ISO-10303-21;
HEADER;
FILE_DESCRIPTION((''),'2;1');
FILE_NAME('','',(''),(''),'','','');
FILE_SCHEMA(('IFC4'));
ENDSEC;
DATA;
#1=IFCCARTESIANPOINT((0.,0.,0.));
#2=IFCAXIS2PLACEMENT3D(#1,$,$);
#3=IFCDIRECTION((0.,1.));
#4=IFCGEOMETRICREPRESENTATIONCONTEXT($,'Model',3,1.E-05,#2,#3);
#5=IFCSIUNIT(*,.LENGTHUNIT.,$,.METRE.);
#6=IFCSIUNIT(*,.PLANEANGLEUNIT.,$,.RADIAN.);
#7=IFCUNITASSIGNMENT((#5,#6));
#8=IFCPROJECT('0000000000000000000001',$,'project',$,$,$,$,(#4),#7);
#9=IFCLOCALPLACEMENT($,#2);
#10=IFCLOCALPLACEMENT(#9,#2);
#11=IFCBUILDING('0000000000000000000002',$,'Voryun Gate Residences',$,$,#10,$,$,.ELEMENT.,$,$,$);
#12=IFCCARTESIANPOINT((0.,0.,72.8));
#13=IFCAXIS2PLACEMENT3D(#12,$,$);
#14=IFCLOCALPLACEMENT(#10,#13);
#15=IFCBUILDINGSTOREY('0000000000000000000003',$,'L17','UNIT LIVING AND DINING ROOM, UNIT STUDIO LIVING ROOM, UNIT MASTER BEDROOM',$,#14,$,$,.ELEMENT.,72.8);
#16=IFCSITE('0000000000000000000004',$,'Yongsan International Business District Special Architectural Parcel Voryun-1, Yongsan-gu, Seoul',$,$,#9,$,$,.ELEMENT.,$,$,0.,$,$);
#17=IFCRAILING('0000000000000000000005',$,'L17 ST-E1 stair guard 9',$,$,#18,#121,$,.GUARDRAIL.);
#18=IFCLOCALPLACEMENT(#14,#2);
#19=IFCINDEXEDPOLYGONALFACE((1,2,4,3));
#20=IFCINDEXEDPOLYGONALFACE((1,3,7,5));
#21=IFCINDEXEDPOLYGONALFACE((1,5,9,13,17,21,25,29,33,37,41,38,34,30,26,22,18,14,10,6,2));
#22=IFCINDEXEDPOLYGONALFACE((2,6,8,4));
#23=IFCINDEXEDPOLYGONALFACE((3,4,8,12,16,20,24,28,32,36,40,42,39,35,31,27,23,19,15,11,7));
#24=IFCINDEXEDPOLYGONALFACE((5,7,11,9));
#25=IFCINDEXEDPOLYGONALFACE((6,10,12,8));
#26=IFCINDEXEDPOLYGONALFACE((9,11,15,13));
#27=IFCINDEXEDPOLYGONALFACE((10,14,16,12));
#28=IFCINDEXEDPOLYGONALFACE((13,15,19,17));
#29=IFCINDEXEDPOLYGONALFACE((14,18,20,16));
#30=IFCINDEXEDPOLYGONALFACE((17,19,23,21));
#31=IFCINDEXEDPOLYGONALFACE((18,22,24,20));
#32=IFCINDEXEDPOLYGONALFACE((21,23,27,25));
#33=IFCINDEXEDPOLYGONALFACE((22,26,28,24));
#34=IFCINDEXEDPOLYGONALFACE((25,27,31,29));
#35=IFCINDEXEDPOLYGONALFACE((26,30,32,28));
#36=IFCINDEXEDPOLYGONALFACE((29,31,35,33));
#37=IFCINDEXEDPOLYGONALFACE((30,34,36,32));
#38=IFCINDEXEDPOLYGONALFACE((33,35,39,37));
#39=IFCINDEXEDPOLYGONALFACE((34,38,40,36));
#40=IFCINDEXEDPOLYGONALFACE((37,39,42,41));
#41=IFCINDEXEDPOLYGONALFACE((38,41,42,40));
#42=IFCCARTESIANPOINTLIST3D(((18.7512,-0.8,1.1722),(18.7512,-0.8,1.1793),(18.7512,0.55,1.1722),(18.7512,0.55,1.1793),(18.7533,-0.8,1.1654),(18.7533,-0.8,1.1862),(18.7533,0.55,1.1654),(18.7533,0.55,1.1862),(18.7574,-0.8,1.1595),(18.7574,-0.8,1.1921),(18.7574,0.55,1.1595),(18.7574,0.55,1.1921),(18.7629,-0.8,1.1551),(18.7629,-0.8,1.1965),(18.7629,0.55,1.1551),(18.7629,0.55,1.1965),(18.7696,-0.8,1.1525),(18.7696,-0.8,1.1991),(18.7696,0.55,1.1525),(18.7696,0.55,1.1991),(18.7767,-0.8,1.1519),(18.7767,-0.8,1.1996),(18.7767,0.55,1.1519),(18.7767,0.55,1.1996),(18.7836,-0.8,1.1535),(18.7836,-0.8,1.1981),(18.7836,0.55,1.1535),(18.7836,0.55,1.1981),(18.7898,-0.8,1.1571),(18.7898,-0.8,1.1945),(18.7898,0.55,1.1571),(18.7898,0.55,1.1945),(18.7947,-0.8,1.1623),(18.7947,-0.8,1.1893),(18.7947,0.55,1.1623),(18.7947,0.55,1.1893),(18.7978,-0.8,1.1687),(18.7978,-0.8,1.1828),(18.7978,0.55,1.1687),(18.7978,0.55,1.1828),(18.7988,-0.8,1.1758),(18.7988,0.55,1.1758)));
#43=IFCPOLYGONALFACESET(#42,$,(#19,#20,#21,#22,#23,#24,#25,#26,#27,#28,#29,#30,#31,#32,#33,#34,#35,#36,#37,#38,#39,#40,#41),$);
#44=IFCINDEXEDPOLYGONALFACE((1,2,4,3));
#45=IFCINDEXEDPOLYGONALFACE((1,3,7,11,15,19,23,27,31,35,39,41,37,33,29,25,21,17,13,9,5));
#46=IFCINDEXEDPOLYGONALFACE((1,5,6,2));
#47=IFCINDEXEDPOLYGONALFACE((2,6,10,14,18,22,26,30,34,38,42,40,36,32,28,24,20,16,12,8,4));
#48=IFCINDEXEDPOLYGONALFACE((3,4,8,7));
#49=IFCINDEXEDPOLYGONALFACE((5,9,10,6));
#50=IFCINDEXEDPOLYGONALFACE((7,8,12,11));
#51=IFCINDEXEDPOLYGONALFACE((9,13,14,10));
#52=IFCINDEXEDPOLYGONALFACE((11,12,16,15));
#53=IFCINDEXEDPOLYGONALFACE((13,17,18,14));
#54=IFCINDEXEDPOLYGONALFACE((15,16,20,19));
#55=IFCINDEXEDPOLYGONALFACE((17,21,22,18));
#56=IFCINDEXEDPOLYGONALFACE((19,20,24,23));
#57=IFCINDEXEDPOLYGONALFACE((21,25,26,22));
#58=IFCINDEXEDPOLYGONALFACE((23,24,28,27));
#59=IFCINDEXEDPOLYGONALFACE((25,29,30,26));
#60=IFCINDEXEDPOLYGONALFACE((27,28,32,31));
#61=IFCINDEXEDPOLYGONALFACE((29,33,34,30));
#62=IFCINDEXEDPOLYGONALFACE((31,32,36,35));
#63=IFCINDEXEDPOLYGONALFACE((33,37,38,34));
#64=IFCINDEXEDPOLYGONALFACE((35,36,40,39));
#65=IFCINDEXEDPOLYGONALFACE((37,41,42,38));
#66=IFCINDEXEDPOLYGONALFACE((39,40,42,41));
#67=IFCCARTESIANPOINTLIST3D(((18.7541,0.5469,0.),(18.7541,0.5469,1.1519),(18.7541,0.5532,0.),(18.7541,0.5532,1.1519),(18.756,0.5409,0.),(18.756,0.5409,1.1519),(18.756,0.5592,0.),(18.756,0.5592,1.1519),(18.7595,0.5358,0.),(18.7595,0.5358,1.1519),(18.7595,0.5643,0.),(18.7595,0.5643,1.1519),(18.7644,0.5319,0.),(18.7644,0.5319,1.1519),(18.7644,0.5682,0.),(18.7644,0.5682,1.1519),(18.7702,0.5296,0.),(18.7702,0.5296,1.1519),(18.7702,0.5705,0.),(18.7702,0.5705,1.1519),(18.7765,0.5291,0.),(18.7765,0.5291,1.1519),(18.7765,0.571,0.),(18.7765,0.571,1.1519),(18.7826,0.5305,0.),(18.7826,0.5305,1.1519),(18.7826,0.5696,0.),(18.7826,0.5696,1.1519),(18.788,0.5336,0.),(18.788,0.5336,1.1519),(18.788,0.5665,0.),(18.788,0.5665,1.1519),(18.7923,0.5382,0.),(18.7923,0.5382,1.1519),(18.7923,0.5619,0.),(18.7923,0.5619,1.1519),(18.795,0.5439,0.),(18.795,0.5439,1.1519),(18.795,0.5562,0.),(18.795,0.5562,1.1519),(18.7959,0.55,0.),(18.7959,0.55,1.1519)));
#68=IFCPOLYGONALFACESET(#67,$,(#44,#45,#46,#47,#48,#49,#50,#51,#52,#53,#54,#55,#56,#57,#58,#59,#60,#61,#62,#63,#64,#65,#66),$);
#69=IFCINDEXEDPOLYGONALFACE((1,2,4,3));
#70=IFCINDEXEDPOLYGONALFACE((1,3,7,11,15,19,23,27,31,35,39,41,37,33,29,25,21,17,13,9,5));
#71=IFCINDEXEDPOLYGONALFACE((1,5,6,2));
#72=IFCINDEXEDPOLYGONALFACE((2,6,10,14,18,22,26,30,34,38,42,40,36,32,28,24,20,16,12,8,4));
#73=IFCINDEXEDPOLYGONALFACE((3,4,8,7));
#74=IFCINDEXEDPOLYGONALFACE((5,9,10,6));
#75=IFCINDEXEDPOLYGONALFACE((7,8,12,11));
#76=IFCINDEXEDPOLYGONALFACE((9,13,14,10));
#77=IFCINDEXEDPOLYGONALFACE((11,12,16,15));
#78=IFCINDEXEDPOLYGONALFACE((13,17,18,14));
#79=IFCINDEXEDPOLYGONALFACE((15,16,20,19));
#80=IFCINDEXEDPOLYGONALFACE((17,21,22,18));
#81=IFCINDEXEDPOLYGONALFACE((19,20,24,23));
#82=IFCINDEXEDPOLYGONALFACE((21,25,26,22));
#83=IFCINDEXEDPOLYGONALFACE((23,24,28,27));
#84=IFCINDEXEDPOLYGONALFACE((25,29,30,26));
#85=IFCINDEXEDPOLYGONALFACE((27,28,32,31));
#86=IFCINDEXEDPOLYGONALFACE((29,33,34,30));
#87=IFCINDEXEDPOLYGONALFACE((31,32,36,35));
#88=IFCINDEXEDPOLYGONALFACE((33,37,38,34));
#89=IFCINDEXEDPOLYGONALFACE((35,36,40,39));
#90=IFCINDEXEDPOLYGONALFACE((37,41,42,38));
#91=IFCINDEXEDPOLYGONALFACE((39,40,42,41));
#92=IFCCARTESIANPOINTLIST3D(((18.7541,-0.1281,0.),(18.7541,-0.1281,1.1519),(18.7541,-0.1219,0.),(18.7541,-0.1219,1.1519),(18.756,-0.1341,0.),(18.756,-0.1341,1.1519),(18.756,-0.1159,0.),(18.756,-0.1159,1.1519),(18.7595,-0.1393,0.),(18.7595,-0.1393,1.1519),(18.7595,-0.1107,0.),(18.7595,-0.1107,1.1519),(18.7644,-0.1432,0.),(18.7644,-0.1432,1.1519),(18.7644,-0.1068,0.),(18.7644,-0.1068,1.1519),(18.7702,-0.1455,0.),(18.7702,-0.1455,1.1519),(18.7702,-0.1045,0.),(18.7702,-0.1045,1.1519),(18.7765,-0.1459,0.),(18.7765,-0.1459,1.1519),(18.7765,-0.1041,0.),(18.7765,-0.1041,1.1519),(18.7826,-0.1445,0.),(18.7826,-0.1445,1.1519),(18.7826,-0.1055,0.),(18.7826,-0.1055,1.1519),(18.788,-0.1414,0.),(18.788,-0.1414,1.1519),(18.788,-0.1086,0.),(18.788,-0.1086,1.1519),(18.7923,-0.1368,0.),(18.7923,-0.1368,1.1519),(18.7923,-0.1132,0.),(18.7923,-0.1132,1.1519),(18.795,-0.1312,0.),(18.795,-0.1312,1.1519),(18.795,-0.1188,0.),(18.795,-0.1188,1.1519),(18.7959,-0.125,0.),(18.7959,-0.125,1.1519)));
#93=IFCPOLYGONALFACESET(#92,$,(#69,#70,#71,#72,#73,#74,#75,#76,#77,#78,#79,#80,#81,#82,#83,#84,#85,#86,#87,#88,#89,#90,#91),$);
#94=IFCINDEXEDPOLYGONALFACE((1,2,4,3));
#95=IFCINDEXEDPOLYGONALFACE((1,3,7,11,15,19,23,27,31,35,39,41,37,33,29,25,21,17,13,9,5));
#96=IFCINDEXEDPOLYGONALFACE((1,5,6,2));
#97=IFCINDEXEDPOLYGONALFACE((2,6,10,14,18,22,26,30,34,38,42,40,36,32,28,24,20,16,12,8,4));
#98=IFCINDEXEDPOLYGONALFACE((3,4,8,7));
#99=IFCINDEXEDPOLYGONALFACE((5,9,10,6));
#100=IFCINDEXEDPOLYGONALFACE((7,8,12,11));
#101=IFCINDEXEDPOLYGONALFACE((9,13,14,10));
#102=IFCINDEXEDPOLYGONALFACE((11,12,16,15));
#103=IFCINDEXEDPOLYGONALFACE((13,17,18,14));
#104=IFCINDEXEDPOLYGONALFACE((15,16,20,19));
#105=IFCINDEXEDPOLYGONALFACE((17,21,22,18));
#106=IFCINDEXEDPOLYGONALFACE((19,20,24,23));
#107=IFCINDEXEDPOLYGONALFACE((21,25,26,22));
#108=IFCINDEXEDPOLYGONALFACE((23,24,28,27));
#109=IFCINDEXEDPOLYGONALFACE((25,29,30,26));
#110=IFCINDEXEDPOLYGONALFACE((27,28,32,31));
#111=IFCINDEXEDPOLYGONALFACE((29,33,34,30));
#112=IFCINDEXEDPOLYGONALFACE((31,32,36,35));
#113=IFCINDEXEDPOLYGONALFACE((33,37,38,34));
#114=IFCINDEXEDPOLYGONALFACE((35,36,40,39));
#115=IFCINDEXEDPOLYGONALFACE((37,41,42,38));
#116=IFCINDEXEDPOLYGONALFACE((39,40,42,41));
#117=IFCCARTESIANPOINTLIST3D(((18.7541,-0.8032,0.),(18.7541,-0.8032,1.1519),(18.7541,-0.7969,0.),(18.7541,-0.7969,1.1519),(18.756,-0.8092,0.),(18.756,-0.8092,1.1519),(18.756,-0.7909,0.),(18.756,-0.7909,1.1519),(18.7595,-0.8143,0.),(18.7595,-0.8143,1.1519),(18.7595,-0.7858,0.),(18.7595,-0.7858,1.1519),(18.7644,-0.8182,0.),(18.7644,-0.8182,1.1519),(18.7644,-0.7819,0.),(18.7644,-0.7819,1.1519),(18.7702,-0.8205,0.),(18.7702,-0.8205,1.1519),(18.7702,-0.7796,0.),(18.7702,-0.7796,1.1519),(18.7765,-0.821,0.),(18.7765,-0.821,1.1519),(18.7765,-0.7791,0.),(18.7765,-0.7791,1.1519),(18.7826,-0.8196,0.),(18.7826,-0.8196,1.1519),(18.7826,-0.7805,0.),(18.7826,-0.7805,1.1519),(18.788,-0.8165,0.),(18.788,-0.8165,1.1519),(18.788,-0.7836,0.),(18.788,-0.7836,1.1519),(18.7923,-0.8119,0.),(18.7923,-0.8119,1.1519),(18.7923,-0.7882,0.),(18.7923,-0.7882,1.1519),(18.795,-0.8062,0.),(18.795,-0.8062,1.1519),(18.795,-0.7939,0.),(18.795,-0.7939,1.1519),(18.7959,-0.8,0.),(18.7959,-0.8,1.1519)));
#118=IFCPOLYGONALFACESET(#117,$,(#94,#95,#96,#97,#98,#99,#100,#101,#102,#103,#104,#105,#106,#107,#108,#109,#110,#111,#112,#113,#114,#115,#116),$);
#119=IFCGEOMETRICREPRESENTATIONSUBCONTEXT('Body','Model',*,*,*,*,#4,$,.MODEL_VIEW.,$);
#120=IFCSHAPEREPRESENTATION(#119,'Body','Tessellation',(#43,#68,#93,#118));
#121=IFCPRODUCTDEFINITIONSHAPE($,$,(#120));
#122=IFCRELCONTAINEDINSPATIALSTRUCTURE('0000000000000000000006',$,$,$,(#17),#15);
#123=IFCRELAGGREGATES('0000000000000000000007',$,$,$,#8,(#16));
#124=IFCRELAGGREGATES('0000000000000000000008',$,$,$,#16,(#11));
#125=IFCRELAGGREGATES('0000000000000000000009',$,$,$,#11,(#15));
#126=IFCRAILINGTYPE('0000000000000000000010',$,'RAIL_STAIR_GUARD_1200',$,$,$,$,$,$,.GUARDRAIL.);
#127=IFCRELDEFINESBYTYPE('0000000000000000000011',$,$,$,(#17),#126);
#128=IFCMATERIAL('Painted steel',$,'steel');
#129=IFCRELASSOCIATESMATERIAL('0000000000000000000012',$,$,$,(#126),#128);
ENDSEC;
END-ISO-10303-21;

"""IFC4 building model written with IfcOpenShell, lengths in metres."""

from ifc_helpers import new_model, si_unit, direction, frame, origin, origin_2d, place, context, subcontext, project, spatial, circle, extrude, material, type_object, element, save


model = new_model("IFC4")

# Units and contexts
model_context = context("Model", 3, precision=1e-05, world=origin(), true_north=direction((0.0, 1.0)))
body_context = subcontext(model_context, "Body", "Model", "MODEL_VIEW")
ifc_project = project(units=[si_unit("LENGTHUNIT", "METRE"), si_unit("PLANEANGLEUNIT", "RADIAN")], contexts=[model_context])

# Site, building, storey
site_placement = place(None, origin())
site = spatial("IfcSite", under=ifc_project, at=site_placement, Name="Yongsan International Business District Special Architectural Parcel Voryun-1, Yongsan-gu, Seoul", CompositionType="ELEMENT", RefElevation=0.0)
building_placement = place(site_placement, origin())
building = spatial("IfcBuilding", under=site, at=building_placement, Name="Voryun Gate Residences", CompositionType="ELEMENT")
storey_placement = place(building_placement, frame((0.0, 0.0, 72.8)))
storey = spatial("IfcBuildingStorey", under=building, at=storey_placement, Name="L17", Description="UNIT LIVING AND DINING ROOM, UNIT STUDIO LIVING ROOM, UNIT MASTER BEDROOM", CompositionType="ELEMENT", Elevation=72.8)

# Railing
ifc_material_1 = material(Name="Painted steel", Category="steel")
railing_type_1 = type_object("IfcRailingType", Name="RAIL_STAIR_GUARD_1200", PredefinedType="GUARDRAIL", material=ifc_material_1)
for number, where, name in (
    (1, (18.7749, 0.55, 0.0), "L17 ST-E1 stair guard 9"),
):
    element("IfcRailing", number, at=place(storey_placement, frame(where)), inside=storey, type_object=railing_type_1, Name=name, PredefinedType="GUARDRAIL", context=body_context, shape_type="SweptSolid", body=[
        extrude(circle(Radius=0.0239, at=origin_2d()), frame((0.0, 0.0, 1.1758), z_axis=(0.0, -1.0, 0.0), x_axis=(1.0, 0.0, 0.0)), (0.0, 0.0, 1.0), 1.3501),
        extrude(circle(Radius=0.021, at=origin_2d()), origin(), (0.0, 0.0, 1.0), 1.1519),
        extrude(circle(Radius=0.021, at=origin_2d()), frame((0.0, -0.675, 0.0)), (0.0, 0.0, 1.0), 1.1519),
        extrude(circle(Radius=0.021, at=origin_2d()), frame((0.0, -1.3501, 0.0)), (0.0, 0.0, 1.0), 1.1519),
    ])

save(model, "model.ifc")
